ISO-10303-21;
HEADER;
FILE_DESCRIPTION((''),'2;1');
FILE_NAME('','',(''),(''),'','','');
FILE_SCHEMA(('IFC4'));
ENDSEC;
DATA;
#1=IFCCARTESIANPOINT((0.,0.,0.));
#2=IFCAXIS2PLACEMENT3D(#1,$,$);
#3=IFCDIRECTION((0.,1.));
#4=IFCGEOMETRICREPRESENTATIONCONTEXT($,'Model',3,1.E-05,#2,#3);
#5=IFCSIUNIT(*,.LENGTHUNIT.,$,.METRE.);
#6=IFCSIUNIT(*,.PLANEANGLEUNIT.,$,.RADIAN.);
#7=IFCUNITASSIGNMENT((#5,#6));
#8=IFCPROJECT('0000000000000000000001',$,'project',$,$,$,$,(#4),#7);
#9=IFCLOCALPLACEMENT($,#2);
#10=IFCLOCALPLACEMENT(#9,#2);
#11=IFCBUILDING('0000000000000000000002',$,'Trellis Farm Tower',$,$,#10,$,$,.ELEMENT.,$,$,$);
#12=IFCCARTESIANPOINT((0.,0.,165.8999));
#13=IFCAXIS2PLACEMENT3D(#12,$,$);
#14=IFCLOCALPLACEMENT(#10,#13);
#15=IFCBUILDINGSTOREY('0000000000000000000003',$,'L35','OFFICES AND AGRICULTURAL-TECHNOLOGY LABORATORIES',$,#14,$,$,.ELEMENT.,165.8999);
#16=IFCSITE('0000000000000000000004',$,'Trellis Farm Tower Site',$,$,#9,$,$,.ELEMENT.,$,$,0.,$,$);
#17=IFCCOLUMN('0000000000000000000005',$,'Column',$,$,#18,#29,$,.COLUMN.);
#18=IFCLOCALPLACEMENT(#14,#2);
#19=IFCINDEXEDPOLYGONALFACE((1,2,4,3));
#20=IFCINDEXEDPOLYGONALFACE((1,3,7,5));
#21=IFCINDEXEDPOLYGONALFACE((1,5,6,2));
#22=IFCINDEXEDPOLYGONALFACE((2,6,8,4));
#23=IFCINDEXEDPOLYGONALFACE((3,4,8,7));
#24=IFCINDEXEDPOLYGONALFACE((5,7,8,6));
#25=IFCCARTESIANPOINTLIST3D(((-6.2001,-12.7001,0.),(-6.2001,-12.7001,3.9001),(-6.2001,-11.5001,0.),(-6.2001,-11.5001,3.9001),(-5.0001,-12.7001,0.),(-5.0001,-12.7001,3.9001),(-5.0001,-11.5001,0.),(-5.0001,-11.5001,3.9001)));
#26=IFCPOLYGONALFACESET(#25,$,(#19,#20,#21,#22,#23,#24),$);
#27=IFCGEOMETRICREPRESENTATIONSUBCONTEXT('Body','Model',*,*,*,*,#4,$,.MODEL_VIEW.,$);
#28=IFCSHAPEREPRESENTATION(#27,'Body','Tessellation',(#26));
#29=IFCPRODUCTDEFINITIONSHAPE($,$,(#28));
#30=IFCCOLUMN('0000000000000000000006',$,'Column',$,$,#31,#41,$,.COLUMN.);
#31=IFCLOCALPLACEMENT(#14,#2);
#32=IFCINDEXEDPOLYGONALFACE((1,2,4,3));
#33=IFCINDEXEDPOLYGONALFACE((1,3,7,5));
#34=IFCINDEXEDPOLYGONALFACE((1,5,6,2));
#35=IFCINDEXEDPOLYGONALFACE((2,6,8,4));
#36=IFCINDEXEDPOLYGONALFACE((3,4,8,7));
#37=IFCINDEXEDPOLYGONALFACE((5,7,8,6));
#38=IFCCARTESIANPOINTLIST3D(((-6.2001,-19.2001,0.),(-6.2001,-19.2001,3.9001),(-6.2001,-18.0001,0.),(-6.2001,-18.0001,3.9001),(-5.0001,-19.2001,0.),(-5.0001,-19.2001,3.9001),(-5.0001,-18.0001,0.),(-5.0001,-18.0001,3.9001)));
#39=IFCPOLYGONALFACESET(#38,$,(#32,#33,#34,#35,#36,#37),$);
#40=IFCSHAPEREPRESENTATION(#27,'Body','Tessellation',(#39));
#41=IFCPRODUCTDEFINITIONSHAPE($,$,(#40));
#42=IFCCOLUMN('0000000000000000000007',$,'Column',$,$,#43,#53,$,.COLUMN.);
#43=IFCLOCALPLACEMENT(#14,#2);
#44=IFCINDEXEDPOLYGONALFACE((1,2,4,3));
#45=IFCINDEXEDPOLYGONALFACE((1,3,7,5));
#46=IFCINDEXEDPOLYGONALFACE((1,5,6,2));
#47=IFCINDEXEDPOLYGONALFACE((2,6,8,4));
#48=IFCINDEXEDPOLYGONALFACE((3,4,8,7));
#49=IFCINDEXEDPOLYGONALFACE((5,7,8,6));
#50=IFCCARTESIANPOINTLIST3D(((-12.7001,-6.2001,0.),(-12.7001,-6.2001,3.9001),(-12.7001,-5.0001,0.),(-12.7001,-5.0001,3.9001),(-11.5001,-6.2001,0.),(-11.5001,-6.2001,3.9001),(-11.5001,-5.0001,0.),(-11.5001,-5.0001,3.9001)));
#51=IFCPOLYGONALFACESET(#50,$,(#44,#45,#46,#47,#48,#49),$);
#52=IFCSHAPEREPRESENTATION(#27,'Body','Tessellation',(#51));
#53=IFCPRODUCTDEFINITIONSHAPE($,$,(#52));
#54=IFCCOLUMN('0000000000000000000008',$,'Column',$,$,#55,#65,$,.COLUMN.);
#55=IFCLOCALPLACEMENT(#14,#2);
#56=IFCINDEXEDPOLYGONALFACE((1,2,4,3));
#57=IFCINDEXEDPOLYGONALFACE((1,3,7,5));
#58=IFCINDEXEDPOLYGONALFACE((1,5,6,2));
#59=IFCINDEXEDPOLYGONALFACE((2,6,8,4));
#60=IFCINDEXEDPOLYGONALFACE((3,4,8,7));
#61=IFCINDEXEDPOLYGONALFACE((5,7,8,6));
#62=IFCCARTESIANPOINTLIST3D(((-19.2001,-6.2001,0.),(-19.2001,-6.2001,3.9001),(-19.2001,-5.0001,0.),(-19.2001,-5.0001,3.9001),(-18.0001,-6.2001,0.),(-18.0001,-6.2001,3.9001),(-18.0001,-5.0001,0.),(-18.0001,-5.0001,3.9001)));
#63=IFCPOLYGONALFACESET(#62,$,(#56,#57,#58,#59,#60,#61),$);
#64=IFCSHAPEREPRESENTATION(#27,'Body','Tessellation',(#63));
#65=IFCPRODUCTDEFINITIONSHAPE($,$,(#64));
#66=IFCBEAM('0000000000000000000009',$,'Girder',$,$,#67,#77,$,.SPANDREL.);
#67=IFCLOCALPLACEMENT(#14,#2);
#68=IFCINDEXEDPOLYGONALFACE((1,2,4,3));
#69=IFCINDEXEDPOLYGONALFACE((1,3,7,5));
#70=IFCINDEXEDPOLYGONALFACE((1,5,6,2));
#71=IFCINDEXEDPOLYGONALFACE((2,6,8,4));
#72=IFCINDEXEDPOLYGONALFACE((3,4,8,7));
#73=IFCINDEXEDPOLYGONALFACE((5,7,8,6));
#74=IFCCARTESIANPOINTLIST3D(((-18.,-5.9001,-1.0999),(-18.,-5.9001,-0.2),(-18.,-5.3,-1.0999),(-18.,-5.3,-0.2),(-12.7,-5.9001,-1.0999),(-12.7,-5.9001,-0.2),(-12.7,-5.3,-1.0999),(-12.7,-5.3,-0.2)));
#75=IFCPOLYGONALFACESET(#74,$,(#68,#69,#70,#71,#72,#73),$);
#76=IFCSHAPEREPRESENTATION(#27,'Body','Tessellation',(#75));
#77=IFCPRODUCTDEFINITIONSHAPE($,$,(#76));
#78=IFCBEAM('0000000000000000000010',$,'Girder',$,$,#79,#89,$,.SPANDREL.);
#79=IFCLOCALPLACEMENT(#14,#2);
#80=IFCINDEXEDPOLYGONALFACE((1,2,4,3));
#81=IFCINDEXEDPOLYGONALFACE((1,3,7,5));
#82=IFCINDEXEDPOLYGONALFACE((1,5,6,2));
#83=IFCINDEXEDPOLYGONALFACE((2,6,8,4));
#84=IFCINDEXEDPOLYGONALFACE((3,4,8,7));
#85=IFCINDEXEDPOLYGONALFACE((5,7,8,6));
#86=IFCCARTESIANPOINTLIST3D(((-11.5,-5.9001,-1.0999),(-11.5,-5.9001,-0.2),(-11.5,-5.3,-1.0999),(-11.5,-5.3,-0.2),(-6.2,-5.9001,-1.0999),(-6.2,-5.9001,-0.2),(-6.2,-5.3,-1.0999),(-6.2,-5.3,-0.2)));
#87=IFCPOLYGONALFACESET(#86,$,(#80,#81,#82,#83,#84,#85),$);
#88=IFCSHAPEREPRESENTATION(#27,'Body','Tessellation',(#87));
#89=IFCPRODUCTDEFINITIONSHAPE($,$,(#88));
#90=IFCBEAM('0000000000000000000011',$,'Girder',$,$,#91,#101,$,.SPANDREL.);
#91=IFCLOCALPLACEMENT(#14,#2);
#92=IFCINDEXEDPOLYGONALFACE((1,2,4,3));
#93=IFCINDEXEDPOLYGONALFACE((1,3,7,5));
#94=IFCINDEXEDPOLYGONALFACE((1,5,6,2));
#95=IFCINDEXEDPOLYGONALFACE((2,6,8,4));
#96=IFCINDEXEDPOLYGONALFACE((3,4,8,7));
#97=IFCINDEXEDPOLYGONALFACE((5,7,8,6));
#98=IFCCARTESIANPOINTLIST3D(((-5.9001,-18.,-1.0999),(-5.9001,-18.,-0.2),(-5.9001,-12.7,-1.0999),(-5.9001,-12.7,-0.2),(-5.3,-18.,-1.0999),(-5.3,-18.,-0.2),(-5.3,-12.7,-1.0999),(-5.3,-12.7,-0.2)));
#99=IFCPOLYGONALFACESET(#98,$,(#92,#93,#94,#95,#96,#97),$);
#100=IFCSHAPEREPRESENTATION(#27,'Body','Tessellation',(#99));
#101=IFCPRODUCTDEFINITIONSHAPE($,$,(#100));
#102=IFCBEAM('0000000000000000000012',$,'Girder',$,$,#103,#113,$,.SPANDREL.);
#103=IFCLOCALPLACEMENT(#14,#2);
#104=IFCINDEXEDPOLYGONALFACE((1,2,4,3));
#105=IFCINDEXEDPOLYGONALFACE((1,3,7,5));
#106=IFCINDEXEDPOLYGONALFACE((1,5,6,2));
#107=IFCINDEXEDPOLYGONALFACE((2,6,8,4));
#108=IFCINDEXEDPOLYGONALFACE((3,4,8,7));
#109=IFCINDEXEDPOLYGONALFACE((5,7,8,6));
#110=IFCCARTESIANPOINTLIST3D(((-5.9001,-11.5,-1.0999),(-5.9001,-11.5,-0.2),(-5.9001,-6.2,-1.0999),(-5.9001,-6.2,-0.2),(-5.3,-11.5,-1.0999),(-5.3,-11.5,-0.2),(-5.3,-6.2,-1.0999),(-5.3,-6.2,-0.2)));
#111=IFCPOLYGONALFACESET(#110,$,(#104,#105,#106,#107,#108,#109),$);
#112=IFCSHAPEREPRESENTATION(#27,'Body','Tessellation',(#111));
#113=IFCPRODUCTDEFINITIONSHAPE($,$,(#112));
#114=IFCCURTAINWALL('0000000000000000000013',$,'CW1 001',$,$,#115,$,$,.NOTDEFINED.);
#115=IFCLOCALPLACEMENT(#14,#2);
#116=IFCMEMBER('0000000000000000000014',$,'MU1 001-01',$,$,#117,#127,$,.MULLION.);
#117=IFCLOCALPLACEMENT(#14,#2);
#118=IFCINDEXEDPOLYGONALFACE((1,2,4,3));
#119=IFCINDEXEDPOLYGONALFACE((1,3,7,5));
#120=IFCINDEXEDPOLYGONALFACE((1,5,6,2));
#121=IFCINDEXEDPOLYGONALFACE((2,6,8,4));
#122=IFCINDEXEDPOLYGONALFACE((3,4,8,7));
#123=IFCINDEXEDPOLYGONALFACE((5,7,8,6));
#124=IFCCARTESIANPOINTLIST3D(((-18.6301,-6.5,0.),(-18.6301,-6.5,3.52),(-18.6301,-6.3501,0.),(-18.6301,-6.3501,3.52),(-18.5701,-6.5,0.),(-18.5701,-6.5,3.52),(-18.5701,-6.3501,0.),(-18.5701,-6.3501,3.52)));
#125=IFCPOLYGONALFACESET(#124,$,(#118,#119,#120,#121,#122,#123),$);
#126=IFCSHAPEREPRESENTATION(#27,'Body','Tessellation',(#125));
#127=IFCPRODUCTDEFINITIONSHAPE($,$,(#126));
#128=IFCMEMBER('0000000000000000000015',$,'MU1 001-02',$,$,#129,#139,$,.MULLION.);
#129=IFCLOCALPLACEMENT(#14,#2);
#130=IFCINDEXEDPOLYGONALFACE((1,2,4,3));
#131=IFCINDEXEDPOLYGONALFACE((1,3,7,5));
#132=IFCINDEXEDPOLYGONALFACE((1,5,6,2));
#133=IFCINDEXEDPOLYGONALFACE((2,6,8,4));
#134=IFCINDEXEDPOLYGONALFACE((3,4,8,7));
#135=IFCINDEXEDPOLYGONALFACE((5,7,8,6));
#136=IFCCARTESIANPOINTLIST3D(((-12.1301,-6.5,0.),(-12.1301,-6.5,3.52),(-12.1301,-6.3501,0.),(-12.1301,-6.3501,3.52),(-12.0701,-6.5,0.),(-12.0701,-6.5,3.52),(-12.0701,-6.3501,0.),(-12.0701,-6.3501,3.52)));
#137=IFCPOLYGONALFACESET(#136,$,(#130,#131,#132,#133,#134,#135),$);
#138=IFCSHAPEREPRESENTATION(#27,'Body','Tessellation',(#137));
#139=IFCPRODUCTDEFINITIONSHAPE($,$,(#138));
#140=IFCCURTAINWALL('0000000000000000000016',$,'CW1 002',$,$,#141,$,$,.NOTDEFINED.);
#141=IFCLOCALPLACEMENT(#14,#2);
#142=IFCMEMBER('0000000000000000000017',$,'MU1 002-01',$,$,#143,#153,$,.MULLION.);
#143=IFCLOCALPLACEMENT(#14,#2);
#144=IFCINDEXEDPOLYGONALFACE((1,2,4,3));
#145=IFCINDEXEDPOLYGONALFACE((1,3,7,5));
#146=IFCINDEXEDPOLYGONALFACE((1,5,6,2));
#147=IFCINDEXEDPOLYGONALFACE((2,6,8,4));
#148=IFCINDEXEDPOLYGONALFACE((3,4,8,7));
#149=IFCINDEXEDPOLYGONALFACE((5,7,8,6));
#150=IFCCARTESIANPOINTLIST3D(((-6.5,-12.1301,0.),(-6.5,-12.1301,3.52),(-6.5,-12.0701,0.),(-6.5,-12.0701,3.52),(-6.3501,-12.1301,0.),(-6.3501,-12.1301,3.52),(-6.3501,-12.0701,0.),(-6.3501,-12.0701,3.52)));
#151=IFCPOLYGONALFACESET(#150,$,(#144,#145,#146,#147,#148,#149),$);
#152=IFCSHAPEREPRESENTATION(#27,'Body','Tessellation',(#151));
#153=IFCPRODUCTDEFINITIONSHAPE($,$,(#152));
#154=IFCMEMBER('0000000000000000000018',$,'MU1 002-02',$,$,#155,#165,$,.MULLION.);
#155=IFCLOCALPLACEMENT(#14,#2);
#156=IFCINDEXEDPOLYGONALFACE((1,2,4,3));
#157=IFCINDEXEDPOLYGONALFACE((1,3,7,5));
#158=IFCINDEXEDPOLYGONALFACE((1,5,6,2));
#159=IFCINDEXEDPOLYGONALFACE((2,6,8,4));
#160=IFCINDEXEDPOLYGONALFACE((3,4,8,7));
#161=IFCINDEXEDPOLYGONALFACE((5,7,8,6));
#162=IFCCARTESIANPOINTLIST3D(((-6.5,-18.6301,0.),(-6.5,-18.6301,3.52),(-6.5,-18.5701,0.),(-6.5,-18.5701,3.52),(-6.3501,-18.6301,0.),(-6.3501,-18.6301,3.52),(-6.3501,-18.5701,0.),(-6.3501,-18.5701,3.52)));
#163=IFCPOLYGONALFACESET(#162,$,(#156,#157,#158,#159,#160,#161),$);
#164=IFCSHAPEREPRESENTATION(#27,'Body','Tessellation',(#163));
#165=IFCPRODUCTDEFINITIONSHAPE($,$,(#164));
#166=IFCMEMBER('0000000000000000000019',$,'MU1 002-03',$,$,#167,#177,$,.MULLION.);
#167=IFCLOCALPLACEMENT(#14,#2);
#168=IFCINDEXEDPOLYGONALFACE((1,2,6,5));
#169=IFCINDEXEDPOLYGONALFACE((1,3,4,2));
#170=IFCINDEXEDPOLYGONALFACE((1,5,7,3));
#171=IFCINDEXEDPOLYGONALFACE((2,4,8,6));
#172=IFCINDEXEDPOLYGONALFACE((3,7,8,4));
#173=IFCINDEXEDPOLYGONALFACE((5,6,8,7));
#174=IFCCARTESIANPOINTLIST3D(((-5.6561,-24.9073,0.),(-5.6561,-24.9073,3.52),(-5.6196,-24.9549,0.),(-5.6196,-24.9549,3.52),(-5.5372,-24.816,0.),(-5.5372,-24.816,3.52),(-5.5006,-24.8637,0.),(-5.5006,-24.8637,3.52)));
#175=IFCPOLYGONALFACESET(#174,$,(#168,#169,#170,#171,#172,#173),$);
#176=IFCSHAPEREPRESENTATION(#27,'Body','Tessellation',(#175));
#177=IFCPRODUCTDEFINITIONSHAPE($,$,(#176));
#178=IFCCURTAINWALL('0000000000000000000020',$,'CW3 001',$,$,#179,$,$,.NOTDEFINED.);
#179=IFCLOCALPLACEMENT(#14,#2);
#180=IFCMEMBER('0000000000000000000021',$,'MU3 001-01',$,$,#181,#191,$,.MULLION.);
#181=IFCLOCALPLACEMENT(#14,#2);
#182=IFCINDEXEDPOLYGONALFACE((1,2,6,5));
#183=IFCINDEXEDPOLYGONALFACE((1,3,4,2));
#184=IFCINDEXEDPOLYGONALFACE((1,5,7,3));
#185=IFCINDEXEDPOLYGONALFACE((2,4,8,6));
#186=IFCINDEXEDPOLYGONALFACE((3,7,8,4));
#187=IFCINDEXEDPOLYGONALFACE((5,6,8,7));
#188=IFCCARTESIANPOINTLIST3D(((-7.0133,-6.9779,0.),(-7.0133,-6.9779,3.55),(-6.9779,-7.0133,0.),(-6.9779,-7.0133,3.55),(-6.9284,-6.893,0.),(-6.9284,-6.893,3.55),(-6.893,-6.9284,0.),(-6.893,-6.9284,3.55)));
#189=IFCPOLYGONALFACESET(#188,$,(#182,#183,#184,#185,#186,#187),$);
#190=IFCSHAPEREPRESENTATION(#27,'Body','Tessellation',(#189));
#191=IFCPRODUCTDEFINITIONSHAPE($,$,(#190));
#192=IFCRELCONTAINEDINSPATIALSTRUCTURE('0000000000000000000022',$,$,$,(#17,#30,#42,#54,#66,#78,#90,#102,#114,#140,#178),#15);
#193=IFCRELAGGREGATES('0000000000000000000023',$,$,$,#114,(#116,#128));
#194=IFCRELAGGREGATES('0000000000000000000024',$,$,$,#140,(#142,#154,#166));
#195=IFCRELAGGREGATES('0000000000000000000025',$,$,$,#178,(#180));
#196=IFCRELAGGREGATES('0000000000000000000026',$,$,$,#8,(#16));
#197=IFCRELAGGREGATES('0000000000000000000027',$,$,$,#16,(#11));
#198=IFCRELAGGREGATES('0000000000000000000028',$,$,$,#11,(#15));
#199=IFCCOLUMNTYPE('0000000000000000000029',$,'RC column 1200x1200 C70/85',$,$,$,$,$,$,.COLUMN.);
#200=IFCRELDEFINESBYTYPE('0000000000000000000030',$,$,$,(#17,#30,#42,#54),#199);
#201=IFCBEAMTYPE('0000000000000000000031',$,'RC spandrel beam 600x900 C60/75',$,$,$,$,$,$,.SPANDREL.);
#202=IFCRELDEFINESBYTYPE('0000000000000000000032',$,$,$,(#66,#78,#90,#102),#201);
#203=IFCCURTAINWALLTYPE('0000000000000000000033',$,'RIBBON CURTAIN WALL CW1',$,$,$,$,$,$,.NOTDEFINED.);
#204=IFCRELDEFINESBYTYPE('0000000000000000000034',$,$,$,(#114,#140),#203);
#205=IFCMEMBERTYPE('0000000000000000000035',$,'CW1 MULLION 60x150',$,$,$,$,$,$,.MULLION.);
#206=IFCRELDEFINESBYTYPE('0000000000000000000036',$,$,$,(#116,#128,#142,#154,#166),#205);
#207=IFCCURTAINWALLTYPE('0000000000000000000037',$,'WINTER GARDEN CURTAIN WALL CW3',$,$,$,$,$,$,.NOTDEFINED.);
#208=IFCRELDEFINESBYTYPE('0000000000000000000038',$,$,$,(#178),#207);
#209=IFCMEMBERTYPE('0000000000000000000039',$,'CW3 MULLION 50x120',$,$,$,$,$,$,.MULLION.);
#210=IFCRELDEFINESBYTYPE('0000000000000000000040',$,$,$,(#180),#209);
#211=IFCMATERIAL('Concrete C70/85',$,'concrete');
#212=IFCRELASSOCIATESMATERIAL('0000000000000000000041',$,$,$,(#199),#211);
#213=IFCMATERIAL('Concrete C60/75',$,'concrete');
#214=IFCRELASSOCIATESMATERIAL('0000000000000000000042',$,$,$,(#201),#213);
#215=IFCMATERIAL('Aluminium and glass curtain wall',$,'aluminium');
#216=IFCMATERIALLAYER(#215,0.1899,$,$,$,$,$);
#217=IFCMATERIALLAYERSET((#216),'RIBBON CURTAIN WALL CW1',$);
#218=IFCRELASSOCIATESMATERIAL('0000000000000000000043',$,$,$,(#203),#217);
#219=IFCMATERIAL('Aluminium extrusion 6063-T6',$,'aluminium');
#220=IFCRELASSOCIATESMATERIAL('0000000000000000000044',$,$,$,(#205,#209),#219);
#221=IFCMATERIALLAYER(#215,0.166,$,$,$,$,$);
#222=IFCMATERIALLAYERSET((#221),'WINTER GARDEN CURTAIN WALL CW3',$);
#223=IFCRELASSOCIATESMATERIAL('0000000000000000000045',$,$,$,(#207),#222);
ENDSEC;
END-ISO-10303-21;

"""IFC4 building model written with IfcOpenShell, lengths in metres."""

from ifc_helpers import new_model, si_unit, direction, frame, origin, origin_2d, place, context, subcontext, project, spatial, rectangle, extrude, source, transform, mapped, material, layer, layer_set, material_profile, profile_set, type_object, element, aggregate, save


model = new_model("IFC4")

# Units and contexts
model_context = context("Model", 3, precision=1e-05, world=origin(), true_north=direction((0.0, 1.0)))
body_context = subcontext(model_context, "Body", "Model", "MODEL_VIEW")
ifc_project = project(units=[si_unit("LENGTHUNIT", "METRE"), si_unit("PLANEANGLEUNIT", "RADIAN")], contexts=[model_context])

# Site, building, storey
site_placement = place(None, origin())
site = spatial("IfcSite", under=ifc_project, at=site_placement, Name="Trellis Farm Tower Site", CompositionType="ELEMENT", RefElevation=0.0)
building_placement = place(site_placement, origin())
building = spatial("IfcBuilding", under=site, at=building_placement, Name="Trellis Farm Tower", CompositionType="ELEMENT")
storey_placement = place(building_placement, frame((0.0, 0.0, 165.8999)))
storey = spatial("IfcBuildingStorey", under=building, at=storey_placement, Name="L35", Description="OFFICES AND AGRICULTURAL-TECHNOLOGY LABORATORIES", CompositionType="ELEMENT", Elevation=165.8999)

# Columns
ifc_material_1 = material(Name="Concrete C70/85", Category="concrete")
ifc_material_profile_1 = material_profile(ifc_material_1, rectangle(XDim=1.2, YDim=1.2, at=origin_2d()), Name="RC column 1200x1200 C70/85")
ifc_profile_set_1 = profile_set([ifc_material_profile_1], Name="Concrete C70/85")
column_type = type_object("IfcColumnType", Name="RC column 1200x1200 C70/85", PredefinedType="COLUMN", material=ifc_profile_set_1)
shared_shape_1 = source(origin(), body_context, "Body", "SweptSolid", [
    extrude(rectangle(XDim=1.2, YDim=1.2, at=origin_2d()), origin(), (0.0, 0.0, 1.0), 3.9001),
])
for number, where, z_axis, x_axis, name in (
    (1, (-5.6001, -12.1001, 0.0), (0.0, 0.0, 1.0), (1.0, 0.0, 0.0), "Column"),
    (2, (-5.6001, -18.6001, 0.0), (0.0, 0.0, 1.0), (1.0, 0.0, 0.0), "Column"),
    (3, (-12.1001, -5.6001, 0.0), (0.0, 0.0, 1.0), (1.0, 0.0, 0.0), "Column"),
    (4, (-18.6001, -5.6001, 0.0), (0.0, 0.0, 1.0), (1.0, 0.0, 0.0), "Column"),
):
    element("IfcColumn", number, at=place(storey_placement, frame(where, z_axis=z_axis, x_axis=x_axis)), inside=storey, type_object=column_type, Name=name, PredefinedType="COLUMN", context=body_context, shape_type="MappedRepresentation", body=[
        mapped(shared_shape_1, transform((0.0, 0.0, 0.0))),
    ])

# Beams
ifc_material_2 = material(Name="Concrete C60/75", Category="concrete")
ifc_material_profile_2 = material_profile(ifc_material_2, rectangle(XDim=0.6001, YDim=0.8999, at=origin_2d()), Name="RC spandrel beam 600x900 C60/75")
ifc_profile_set_2 = profile_set([ifc_material_profile_2], Name="Concrete C60/75")
beam_type = type_object("IfcBeamType", Name="RC spandrel beam 600x900 C60/75", PredefinedType="SPANDREL", material=ifc_profile_set_2)
shared_shape_2 = source(origin(), body_context, "Body", "SweptSolid", [
    extrude(rectangle(XDim=0.6001, YDim=0.8999, at=origin_2d()), origin(), (0.0, 0.0, 1.0), 5.3),
])
for number, where, z_axis, x_axis, name in (
    (5, (-18.0, -5.6001, -0.6499), (1.0, 0.0, 0.0), (0.0, 1.0, 0.0), "Girder"),
    (6, (-11.5, -5.6001, -0.6499), (1.0, 0.0, 0.0), (0.0, 1.0, 0.0), "Girder"),
    (7, (-5.6001, -18.0, -0.6499), (0.0, 1.0, 0.0), (-1.0, 0.0, 0.0), "Girder"),
    (8, (-5.6001, -11.5, -0.6499), (0.0, 1.0, 0.0), (-1.0, 0.0, 0.0), "Girder"),
):
    element("IfcBeam", number, at=place(storey_placement, frame(where, z_axis=z_axis, x_axis=x_axis)), inside=storey, type_object=beam_type, Name=name, PredefinedType="SPANDREL", context=body_context, shape_type="MappedRepresentation", body=[
        mapped(shared_shape_2, transform((0.0, 0.0, 0.0))),
    ])

# Curtain walls, members
ifc_material_3 = material(Name="Aluminium and glass curtain wall", Category="aluminium")
ifc_layer_1 = layer(ifc_material_3, 0.1899)
ifc_layer_set_1 = layer_set([ifc_layer_1], Name="RIBBON CURTAIN WALL CW1")
curtain_wall_type_1 = type_object("IfcCurtainWallType", Name="RIBBON CURTAIN WALL CW1", PredefinedType="NOTDEFINED", material=ifc_layer_set_1)
placement = place(storey_placement, origin())
curtain_wall_1 = element("IfcCurtainWall", 9, at=placement, inside=storey, type_object=curtain_wall_type_1, Name="CW1 001", PredefinedType="NOTDEFINED")
ifc_material_4 = material(Name="Aluminium extrusion 6063-T6", Category="aluminium")
ifc_material_profile_3 = material_profile(ifc_material_4, rectangle(XDim=0.0601, YDim=0.1499, at=origin_2d()), Name="MULLION 60x150")
ifc_profile_set_3 = profile_set([ifc_material_profile_3], Name="Aluminium extrusion 6063-T6")
member_type_1 = type_object("IfcMemberType", Name="CW1 MULLION 60x150", PredefinedType="MULLION", material=ifc_profile_set_3)
shared_shape_3 = source(origin(), body_context, "Body", "SweptSolid", [
    extrude(rectangle(XDim=0.0601, YDim=0.1499, at=origin_2d()), origin(), (0.0, 0.0, 1.0), 3.52),
])
member_1_placement = place(storey_placement, frame((-18.6001, -6.425, 0.0), z_axis=(0.0, 0.0, 1.0), x_axis=(1.0, 0.0, 0.0)))
member_1 = element("IfcMember", 10, at=member_1_placement, type_object=member_type_1, Name="MU1 001-01", PredefinedType="MULLION", context=body_context, shape_type="MappedRepresentation", body=[
    mapped(shared_shape_3, transform((0.0, 0.0, 0.0))),
])
member_2_placement = place(storey_placement, frame((-12.1001, -6.425, 0.0), z_axis=(0.0, 0.0, 1.0), x_axis=(1.0, 0.0, 0.0)))
member_2 = element("IfcMember", 11, at=member_2_placement, type_object=member_type_1, Name="MU1 001-02", PredefinedType="MULLION", context=body_context, shape_type="MappedRepresentation", body=[
    mapped(shared_shape_3, transform((0.0, 0.0, 0.0))),
])
aggregate(curtain_wall_1, [member_1, member_2])
curtain_wall_2 = element("IfcCurtainWall", 12, at=placement, inside=storey, type_object=curtain_wall_type_1, Name="CW1 002", PredefinedType="NOTDEFINED")
member_3_placement = place(storey_placement, frame((-6.425, -12.1001, 0.0), z_axis=(0.0, 0.0, 1.0), x_axis=(0.0, -1.0, 0.0)))
member_3 = element("IfcMember", 13, at=member_3_placement, type_object=member_type_1, Name="MU1 002-01", PredefinedType="MULLION", context=body_context, shape_type="MappedRepresentation", body=[
    mapped(shared_shape_3, transform((0.0, 0.0, 0.0))),
])
member_4_placement = place(storey_placement, frame((-6.425, -18.6001, 0.0), z_axis=(0.0, 0.0, 1.0), x_axis=(0.0, -1.0, 0.0)))
member_4 = element("IfcMember", 14, at=member_4_placement, type_object=member_type_1, Name="MU1 002-02", PredefinedType="MULLION", context=body_context, shape_type="MappedRepresentation", body=[
    mapped(shared_shape_3, transform((0.0, 0.0, 0.0))),
])
member_5_placement = place(storey_placement, frame((-5.5784, -24.8855, 0.0), z_axis=(0.0, 0.0, 1.0), x_axis=(0.608761, -0.793353, 0.0)))
member_5 = element("IfcMember", 15, at=member_5_placement, type_object=member_type_1, Name="MU1 002-03", PredefinedType="MULLION", context=body_context, shape_type="MappedRepresentation", body=[
    mapped(shared_shape_3, transform((0.0, 0.0, 0.0))),
])
aggregate(curtain_wall_2, [member_3, member_4, member_5])

# Curtain wall, member
ifc_layer_2 = layer(ifc_material_3, 0.166)
ifc_layer_set_2 = layer_set([ifc_layer_2], Name="WINTER GARDEN CURTAIN WALL CW3")
curtain_wall_type_2 = type_object("IfcCurtainWallType", Name="WINTER GARDEN CURTAIN WALL CW3", PredefinedType="NOTDEFINED", material=ifc_layer_set_2)
curtain_wall_3 = element("IfcCurtainWall", 16, at=placement, inside=storey, type_object=curtain_wall_type_2, Name="CW3 001", PredefinedType="NOTDEFINED")
ifc_material_profile_4 = material_profile(ifc_material_4, rectangle(XDim=0.05, YDim=0.1201, at=origin_2d()), Name="MULLION 50x120")
ifc_profile_set_4 = profile_set([ifc_material_profile_4], Name="Aluminium extrusion 6063-T6")
member_type_2 = type_object("IfcMemberType", Name="CW3 MULLION 50x120", PredefinedType="MULLION", material=ifc_profile_set_4)
shared_shape_4 = source(origin(), body_context, "Body", "SweptSolid", [
    extrude(rectangle(XDim=0.05, YDim=0.1201, at=origin_2d()), origin(), (0.0, 0.0, 1.0), 3.55),
])
member_6_placement = place(storey_placement, frame((-6.9531, -6.9531, 0.0), z_axis=(0.0, 0.0, 1.0), x_axis=(0.707107, -0.707107, 0.0)))
member_6 = element("IfcMember", 17, at=member_6_placement, type_object=member_type_2, Name="MU3 001-01", PredefinedType="MULLION", context=body_context, shape_type="MappedRepresentation", body=[
    mapped(shared_shape_4, transform((0.0, 0.0, 0.0))),
])
aggregate(curtain_wall_3, [member_6])

save(model, "model.ifc")
